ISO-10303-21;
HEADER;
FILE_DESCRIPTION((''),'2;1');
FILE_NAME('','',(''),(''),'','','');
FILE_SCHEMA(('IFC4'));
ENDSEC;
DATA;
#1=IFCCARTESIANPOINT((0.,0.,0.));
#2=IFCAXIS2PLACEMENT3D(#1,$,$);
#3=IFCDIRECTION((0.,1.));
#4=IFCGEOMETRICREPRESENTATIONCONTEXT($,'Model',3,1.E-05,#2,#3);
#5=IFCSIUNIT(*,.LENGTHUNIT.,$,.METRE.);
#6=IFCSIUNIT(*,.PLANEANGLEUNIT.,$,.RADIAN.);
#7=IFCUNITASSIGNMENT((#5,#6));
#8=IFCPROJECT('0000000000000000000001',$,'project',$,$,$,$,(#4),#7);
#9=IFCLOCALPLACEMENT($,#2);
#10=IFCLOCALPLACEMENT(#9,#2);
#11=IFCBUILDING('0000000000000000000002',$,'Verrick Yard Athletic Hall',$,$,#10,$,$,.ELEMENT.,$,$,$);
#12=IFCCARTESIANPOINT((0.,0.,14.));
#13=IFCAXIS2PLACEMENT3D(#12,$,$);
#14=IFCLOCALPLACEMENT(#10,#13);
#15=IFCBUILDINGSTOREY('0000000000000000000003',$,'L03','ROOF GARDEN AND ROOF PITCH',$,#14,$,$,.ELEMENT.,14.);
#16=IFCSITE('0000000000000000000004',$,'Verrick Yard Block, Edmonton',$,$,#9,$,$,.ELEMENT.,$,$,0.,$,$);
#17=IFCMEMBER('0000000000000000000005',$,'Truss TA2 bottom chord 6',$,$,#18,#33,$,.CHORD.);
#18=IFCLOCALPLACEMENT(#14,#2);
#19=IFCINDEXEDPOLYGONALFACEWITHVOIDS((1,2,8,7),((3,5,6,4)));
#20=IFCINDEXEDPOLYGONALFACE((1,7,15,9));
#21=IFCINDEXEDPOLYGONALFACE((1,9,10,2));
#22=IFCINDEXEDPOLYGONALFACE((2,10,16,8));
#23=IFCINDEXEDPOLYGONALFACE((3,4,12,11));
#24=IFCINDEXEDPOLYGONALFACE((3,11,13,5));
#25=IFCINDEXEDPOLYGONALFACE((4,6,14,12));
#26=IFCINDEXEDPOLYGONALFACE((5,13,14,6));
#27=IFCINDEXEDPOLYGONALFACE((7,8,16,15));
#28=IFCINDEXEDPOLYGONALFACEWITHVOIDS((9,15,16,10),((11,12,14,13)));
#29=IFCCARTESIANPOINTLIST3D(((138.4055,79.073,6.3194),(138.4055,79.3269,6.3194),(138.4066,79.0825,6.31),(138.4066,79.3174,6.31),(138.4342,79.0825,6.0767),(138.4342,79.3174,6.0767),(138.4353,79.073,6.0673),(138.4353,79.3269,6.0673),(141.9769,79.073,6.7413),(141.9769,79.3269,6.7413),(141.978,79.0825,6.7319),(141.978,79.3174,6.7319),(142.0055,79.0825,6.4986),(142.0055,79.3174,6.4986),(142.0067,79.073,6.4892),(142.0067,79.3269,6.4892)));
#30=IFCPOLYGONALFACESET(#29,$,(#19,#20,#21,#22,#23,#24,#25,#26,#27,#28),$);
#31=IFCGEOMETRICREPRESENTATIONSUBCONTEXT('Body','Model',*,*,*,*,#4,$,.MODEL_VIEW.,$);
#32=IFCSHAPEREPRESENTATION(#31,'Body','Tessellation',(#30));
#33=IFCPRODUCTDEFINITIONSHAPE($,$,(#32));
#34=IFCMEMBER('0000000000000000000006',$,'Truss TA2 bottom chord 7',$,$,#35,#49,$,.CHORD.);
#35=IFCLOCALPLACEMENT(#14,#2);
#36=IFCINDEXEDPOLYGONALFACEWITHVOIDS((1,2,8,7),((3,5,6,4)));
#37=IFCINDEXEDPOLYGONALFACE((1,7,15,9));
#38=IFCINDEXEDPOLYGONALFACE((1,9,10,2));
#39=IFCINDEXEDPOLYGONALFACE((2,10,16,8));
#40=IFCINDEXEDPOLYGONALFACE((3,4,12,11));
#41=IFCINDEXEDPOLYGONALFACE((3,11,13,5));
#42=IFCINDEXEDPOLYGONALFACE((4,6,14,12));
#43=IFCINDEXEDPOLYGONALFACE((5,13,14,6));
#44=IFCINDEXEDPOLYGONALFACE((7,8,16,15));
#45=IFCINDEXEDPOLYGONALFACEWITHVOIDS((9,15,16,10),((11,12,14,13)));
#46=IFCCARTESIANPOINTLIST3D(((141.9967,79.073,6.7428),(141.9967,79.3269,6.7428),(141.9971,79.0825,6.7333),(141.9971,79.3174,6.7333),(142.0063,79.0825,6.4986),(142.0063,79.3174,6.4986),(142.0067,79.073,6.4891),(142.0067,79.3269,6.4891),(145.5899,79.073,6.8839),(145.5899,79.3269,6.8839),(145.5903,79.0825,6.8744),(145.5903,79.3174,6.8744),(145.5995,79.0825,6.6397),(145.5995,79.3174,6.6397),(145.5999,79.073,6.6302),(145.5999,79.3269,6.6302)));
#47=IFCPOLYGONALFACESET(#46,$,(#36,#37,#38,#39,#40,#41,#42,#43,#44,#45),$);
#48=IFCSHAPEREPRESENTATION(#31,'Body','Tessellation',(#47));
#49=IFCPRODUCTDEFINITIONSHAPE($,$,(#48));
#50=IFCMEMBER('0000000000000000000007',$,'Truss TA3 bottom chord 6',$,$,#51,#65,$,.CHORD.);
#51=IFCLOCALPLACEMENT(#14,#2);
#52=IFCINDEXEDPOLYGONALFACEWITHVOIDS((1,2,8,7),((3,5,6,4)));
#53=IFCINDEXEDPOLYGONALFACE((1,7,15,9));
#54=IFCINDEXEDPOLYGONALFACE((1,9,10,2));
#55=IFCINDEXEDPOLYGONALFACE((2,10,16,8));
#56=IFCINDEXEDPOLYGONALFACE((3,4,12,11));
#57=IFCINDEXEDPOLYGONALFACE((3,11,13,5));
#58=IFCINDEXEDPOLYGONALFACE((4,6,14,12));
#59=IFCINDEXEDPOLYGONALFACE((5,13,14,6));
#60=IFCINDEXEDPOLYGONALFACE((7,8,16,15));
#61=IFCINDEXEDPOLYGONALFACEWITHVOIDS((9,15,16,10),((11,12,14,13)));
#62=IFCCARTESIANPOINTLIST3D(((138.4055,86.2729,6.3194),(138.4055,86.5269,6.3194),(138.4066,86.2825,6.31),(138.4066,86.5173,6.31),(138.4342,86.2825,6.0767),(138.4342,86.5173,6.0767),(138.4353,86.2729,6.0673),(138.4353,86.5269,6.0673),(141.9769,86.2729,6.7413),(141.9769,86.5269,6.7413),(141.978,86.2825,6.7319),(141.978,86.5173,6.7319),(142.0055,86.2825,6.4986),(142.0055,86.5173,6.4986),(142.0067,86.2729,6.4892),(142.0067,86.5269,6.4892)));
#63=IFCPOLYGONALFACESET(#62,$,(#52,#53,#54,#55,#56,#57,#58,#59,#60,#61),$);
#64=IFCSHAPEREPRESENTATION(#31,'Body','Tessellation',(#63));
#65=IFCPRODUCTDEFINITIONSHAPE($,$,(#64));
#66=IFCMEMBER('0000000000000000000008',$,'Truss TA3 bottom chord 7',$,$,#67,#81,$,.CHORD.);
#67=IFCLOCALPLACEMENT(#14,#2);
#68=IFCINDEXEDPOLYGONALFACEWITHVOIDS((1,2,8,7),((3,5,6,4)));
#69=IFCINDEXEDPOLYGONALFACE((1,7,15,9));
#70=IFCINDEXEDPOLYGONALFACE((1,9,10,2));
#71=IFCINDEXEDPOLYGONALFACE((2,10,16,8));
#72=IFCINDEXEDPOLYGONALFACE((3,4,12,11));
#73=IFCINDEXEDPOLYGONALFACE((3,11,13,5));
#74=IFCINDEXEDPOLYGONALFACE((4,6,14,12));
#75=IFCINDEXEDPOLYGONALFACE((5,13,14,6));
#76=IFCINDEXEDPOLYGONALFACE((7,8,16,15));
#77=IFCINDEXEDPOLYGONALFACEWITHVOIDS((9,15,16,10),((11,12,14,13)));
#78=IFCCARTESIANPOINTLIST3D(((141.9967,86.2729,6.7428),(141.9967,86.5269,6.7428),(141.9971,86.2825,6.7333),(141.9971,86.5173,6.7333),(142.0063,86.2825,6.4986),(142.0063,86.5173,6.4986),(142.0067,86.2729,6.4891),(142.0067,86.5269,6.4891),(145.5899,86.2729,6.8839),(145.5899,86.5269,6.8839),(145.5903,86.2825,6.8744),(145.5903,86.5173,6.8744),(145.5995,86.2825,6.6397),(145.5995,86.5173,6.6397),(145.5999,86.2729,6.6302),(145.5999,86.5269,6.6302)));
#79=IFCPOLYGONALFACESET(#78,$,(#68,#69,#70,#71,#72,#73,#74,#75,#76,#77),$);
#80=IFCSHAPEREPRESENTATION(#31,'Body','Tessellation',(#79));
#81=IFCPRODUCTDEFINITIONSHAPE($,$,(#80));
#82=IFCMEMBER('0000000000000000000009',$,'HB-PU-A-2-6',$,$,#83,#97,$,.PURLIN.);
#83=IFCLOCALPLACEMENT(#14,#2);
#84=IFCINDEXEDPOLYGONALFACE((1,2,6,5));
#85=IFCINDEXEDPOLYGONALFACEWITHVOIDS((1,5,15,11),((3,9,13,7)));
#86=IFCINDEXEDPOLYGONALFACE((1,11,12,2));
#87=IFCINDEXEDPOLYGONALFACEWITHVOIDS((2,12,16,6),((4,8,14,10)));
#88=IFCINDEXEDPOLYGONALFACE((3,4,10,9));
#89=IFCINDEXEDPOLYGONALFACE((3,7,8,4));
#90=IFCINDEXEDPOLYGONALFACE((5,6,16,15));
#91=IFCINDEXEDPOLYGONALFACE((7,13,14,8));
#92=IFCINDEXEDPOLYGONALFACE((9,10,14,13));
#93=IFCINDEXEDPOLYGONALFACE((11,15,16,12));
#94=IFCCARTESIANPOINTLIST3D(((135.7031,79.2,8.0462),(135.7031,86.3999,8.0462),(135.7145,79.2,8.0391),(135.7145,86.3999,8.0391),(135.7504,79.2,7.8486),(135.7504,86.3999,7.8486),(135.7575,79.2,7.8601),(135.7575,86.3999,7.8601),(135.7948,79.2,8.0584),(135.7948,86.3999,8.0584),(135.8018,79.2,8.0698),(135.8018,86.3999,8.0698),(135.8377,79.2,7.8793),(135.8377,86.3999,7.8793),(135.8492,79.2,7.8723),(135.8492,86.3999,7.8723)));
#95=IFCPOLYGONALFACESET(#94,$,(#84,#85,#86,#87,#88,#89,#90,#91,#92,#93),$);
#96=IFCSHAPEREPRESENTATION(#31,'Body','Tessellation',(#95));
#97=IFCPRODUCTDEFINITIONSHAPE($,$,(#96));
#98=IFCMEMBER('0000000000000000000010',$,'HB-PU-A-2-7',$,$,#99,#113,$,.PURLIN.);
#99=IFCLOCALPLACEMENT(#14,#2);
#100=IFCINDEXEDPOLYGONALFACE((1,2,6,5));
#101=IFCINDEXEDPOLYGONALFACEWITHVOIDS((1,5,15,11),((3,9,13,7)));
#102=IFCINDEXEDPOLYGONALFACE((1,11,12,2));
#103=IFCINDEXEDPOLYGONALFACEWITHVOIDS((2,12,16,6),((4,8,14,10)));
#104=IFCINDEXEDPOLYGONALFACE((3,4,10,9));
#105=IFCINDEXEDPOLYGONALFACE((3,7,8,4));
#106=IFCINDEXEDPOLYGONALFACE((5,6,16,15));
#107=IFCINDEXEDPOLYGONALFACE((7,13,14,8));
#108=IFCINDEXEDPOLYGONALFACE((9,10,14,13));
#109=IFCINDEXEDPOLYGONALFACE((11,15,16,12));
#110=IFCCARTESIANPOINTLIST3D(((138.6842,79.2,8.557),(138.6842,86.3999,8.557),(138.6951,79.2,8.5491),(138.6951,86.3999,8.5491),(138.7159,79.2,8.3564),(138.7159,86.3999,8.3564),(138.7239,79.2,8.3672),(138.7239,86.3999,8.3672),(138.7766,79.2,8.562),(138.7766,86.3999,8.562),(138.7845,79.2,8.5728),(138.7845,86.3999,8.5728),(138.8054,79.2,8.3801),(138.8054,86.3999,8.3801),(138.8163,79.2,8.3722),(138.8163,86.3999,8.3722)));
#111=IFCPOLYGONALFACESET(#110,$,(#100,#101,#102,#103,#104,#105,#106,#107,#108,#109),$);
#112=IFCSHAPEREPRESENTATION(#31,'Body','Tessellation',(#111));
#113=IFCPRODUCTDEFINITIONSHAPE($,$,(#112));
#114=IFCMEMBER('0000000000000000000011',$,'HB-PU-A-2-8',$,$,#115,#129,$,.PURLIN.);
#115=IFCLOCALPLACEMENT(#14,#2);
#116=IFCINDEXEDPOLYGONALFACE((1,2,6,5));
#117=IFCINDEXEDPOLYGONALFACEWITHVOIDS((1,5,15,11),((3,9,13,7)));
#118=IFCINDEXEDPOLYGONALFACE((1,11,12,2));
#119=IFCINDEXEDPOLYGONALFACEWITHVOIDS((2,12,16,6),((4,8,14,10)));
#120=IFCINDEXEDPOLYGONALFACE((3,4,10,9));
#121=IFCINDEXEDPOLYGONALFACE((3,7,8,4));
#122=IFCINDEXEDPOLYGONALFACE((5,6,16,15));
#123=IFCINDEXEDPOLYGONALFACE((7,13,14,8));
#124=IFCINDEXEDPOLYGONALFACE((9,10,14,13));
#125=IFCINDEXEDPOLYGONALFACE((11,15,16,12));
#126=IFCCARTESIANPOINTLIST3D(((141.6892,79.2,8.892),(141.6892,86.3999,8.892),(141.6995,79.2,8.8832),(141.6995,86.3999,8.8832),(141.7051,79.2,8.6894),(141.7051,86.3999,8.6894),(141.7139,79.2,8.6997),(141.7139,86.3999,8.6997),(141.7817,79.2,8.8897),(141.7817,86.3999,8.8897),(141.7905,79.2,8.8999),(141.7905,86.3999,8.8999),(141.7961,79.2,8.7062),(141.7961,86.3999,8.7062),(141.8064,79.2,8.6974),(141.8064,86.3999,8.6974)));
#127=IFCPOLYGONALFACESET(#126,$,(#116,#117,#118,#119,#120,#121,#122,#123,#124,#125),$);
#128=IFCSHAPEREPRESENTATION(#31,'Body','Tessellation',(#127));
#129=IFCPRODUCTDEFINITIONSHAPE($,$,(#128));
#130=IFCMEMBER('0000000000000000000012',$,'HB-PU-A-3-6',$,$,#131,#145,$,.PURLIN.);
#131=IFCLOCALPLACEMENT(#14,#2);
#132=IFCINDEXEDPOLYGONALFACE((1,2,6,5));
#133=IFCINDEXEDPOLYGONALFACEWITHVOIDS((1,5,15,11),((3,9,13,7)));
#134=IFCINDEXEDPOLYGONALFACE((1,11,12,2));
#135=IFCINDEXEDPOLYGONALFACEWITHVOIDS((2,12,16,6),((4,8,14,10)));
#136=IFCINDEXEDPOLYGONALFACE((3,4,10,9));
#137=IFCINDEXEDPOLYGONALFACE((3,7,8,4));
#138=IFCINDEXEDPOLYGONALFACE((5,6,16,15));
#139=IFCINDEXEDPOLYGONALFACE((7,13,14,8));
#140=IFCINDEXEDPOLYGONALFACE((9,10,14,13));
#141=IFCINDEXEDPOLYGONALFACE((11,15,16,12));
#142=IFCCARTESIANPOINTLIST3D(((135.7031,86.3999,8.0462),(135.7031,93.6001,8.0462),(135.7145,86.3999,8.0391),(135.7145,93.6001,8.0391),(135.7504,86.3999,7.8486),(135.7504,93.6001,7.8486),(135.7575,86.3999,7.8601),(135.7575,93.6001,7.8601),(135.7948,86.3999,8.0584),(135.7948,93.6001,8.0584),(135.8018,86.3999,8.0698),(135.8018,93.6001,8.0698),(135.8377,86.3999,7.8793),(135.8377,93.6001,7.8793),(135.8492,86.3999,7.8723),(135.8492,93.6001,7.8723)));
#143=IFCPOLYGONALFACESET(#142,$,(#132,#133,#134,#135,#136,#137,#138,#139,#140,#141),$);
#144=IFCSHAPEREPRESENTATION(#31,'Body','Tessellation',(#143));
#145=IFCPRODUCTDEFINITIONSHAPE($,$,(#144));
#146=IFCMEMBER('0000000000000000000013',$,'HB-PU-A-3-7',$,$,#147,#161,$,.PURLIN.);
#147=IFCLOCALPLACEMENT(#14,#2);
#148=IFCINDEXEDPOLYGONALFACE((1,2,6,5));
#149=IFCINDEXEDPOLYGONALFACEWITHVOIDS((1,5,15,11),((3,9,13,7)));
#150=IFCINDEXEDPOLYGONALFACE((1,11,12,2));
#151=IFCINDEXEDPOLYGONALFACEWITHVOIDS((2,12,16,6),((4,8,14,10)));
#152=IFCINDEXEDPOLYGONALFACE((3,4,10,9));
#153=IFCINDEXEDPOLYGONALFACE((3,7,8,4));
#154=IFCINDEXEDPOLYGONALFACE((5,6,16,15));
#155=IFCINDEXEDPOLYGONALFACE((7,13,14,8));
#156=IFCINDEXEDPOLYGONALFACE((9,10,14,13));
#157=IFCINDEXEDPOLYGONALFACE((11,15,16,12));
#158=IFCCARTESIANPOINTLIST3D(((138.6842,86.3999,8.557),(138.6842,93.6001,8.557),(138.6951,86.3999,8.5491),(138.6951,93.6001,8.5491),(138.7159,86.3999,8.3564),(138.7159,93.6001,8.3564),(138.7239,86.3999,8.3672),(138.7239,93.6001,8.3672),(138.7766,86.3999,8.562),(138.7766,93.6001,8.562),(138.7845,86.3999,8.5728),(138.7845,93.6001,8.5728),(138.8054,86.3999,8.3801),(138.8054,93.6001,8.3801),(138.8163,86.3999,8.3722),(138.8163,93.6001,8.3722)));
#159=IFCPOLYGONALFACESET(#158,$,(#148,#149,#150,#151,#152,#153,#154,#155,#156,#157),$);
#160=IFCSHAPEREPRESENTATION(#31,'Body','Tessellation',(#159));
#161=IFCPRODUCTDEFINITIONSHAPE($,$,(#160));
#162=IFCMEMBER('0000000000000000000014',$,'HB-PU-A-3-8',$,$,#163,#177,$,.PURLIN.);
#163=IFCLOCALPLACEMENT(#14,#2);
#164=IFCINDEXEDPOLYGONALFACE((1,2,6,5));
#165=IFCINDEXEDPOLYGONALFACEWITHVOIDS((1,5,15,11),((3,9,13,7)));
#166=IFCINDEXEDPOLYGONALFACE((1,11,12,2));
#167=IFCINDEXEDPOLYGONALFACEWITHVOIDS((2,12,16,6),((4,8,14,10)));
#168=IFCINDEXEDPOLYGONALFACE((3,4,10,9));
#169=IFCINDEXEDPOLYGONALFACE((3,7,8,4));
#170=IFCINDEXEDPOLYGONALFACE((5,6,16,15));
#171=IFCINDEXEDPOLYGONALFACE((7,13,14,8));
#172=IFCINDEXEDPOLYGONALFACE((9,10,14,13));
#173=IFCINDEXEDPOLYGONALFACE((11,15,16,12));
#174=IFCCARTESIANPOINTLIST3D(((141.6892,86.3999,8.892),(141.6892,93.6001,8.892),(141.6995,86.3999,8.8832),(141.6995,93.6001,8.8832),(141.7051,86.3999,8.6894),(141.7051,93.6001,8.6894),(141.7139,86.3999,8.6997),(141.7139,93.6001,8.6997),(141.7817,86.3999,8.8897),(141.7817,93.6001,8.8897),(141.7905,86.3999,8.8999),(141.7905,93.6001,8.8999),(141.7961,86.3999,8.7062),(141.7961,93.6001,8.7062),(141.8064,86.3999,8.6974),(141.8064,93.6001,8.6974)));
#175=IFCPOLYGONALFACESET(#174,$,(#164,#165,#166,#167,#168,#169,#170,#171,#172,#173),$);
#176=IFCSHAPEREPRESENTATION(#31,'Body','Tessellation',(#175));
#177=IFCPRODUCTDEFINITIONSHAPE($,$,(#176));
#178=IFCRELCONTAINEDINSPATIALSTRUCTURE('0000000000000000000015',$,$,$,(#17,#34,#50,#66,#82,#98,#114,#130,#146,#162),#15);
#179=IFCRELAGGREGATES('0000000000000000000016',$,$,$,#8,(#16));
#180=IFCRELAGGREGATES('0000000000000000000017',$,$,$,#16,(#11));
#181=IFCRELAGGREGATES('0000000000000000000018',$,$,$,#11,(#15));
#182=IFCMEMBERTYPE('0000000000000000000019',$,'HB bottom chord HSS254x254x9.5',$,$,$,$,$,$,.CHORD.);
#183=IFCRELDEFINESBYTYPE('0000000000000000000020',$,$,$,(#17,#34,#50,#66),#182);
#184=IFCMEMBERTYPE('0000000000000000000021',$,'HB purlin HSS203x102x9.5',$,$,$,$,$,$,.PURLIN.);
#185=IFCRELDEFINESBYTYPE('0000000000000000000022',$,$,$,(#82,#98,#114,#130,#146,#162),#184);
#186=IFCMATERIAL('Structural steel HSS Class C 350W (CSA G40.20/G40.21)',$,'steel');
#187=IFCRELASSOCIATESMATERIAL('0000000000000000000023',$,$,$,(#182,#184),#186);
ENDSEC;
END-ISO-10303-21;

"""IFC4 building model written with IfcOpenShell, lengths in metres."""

from ifc_helpers import new_model, si_unit, direction, frame, origin, origin_2d, place, context, subcontext, project, spatial, hollow_rectangle, extrude, material, material_profile, profile_set, type_object, element, save


model = new_model("IFC4")

# Units and contexts
model_context = context("Model", 3, precision=1e-05, world=origin(), true_north=direction((0.0, 1.0)))
body_context = subcontext(model_context, "Body", "Model", "MODEL_VIEW")
ifc_project = project(units=[si_unit("LENGTHUNIT", "METRE"), si_unit("PLANEANGLEUNIT", "RADIAN")], contexts=[model_context])

# Site, building, storey
site_placement = place(None, origin())
site = spatial("IfcSite", under=ifc_project, at=site_placement, Name="Verrick Yard Block, Edmonton", CompositionType="ELEMENT", RefElevation=0.0)
building_placement = place(site_placement, origin())
building = spatial("IfcBuilding", under=site, at=building_placement, Name="Verrick Yard Athletic Hall", CompositionType="ELEMENT")
storey_placement = place(building_placement, frame((0.0, 0.0, 14.0)))
storey = spatial("IfcBuildingStorey", under=building, at=storey_placement, Name="L03", Description="ROOF GARDEN AND ROOF PITCH", CompositionType="ELEMENT", Elevation=14.0)

# Members
ifc_material_1 = material(Name="Structural steel HSS Class C 350W (CSA G40.20/G40.21)", Category="steel")
ifc_material_profile_1 = material_profile(ifc_material_1, hollow_rectangle(XDim=0.2539, YDim=0.2539, WallThickness=0.0095, at=origin_2d()), Name="HSS254x254x9.5")
ifc_profile_set_1 = profile_set([ifc_material_profile_1], Name="Structural steel HSS Class C 350W (CSA G40.20/G40.21)")
member_type_1 = type_object("IfcMemberType", Name="HB bottom chord HSS254x254x9.5", PredefinedType="CHORD", material=ifc_profile_set_1)
member_1_placement = place(storey_placement, frame((138.4204, 79.2, 6.1934), z_axis=(0.993095, 0.0, 0.117314), x_axis=(0.0, 1.0, 0.0)))
element("IfcMember", 1, at=member_1_placement, inside=storey, type_object=member_type_1, Name="Truss TA2 bottom chord 6", PredefinedType="CHORD", context=body_context, shape_type="SweptSolid", body=[
    extrude(hollow_rectangle(XDim=0.2539, YDim=0.2539, WallThickness=0.0095, at=origin_2d()), origin(), (0.0, 0.0, 1.0), 3.5962),
])
member_2_placement = place(storey_placement, frame((142.0017, 79.2, 6.616), z_axis=(0.99923, 0.0, 0.039241), x_axis=(0.0, 1.0, 0.0)))
element("IfcMember", 2, at=member_2_placement, inside=storey, type_object=member_type_1, Name="Truss TA2 bottom chord 7", PredefinedType="CHORD", context=body_context, shape_type="SweptSolid", body=[
    extrude(hollow_rectangle(XDim=0.2539, YDim=0.2539, WallThickness=0.0095, at=origin_2d()), origin(), (0.0, 0.0, 1.0), 3.5959),
])
member_3_placement = place(storey_placement, frame((138.4204, 86.3999, 6.1934), z_axis=(0.993095, 0.0, 0.117314), x_axis=(0.0, 1.0, 0.0)))
element("IfcMember", 3, at=member_3_placement, inside=storey, type_object=member_type_1, Name="Truss TA3 bottom chord 6", PredefinedType="CHORD", context=body_context, shape_type="SweptSolid", body=[
    extrude(hollow_rectangle(XDim=0.2539, YDim=0.2539, WallThickness=0.0095, at=origin_2d()), origin(), (0.0, 0.0, 1.0), 3.5962),
])
member_4_placement = place(storey_placement, frame((142.0017, 86.3999, 6.616), z_axis=(0.99923, 0.0, 0.039241), x_axis=(0.0, 1.0, 0.0)))
element("IfcMember", 4, at=member_4_placement, inside=storey, type_object=member_type_1, Name="Truss TA3 bottom chord 7", PredefinedType="CHORD", context=body_context, shape_type="SweptSolid", body=[
    extrude(hollow_rectangle(XDim=0.2539, YDim=0.2539, WallThickness=0.0095, at=origin_2d()), origin(), (0.0, 0.0, 1.0), 3.5959),
])
ifc_material_profile_2 = material_profile(ifc_material_1, hollow_rectangle(XDim=0.1016, YDim=0.2031, WallThickness=0.0095, at=origin_2d()), Name="HSS203x102x9.5")
ifc_profile_set_2 = profile_set([ifc_material_profile_2], Name="Structural steel HSS Class C 350W (CSA G40.20/G40.21)")
member_type_2 = type_object("IfcMemberType", Name="HB purlin HSS203x102x9.5", PredefinedType="PURLIN", material=ifc_profile_set_2)
for number, where, z_axis, x_axis, name in (
    (5, (135.7761, 79.2, 7.9592), (0.0, 1.0, 0.0), (-0.972459, 0.0, -0.233074), "HB-PU-A-2-6"),
    (6, (138.7502, 79.2, 8.4646), (0.0, 1.0, 0.0), (-0.987728, 0.0, -0.156183), "HB-PU-A-2-7"),
    (7, (141.7478, 79.2, 8.7947), (0.0, 1.0, 0.0), (-0.996927, 0.0, -0.078332), "HB-PU-A-2-8"),
):
    element("IfcMember", number, at=place(storey_placement, frame(where, z_axis=z_axis, x_axis=x_axis)), inside=storey, type_object=member_type_2, Name=name, PredefinedType="PURLIN", context=body_context, shape_type="SweptSolid", body=[
        extrude(hollow_rectangle(XDim=0.1016, YDim=0.2031, WallThickness=0.0095, at=origin_2d()), origin(), (0.0, 0.0, 1.0), 7.2),
    ])
for number, where, z_axis, x_axis, name in (
    (8, (135.7761, 86.3999, 7.9592), (0.0, 1.0, 0.0), (-0.972459, 0.0, -0.233074), "HB-PU-A-3-6"),
    (9, (138.7502, 86.3999, 8.4646), (0.0, 1.0, 0.0), (-0.987728, 0.0, -0.156183), "HB-PU-A-3-7"),
    (10, (141.7478, 86.3999, 8.7947), (0.0, 1.0, 0.0), (-0.996927, 0.0, -0.078332), "HB-PU-A-3-8"),
):
    element("IfcMember", number, at=place(storey_placement, frame(where, z_axis=z_axis, x_axis=x_axis)), inside=storey, type_object=member_type_2, Name=name, PredefinedType="PURLIN", context=body_context, shape_type="SweptSolid", body=[
        extrude(hollow_rectangle(XDim=0.1016, YDim=0.2031, WallThickness=0.0095, at=origin_2d()), origin(), (0.0, 0.0, 1.0), 7.2002),
    ])

save(model, "model.ifc")
